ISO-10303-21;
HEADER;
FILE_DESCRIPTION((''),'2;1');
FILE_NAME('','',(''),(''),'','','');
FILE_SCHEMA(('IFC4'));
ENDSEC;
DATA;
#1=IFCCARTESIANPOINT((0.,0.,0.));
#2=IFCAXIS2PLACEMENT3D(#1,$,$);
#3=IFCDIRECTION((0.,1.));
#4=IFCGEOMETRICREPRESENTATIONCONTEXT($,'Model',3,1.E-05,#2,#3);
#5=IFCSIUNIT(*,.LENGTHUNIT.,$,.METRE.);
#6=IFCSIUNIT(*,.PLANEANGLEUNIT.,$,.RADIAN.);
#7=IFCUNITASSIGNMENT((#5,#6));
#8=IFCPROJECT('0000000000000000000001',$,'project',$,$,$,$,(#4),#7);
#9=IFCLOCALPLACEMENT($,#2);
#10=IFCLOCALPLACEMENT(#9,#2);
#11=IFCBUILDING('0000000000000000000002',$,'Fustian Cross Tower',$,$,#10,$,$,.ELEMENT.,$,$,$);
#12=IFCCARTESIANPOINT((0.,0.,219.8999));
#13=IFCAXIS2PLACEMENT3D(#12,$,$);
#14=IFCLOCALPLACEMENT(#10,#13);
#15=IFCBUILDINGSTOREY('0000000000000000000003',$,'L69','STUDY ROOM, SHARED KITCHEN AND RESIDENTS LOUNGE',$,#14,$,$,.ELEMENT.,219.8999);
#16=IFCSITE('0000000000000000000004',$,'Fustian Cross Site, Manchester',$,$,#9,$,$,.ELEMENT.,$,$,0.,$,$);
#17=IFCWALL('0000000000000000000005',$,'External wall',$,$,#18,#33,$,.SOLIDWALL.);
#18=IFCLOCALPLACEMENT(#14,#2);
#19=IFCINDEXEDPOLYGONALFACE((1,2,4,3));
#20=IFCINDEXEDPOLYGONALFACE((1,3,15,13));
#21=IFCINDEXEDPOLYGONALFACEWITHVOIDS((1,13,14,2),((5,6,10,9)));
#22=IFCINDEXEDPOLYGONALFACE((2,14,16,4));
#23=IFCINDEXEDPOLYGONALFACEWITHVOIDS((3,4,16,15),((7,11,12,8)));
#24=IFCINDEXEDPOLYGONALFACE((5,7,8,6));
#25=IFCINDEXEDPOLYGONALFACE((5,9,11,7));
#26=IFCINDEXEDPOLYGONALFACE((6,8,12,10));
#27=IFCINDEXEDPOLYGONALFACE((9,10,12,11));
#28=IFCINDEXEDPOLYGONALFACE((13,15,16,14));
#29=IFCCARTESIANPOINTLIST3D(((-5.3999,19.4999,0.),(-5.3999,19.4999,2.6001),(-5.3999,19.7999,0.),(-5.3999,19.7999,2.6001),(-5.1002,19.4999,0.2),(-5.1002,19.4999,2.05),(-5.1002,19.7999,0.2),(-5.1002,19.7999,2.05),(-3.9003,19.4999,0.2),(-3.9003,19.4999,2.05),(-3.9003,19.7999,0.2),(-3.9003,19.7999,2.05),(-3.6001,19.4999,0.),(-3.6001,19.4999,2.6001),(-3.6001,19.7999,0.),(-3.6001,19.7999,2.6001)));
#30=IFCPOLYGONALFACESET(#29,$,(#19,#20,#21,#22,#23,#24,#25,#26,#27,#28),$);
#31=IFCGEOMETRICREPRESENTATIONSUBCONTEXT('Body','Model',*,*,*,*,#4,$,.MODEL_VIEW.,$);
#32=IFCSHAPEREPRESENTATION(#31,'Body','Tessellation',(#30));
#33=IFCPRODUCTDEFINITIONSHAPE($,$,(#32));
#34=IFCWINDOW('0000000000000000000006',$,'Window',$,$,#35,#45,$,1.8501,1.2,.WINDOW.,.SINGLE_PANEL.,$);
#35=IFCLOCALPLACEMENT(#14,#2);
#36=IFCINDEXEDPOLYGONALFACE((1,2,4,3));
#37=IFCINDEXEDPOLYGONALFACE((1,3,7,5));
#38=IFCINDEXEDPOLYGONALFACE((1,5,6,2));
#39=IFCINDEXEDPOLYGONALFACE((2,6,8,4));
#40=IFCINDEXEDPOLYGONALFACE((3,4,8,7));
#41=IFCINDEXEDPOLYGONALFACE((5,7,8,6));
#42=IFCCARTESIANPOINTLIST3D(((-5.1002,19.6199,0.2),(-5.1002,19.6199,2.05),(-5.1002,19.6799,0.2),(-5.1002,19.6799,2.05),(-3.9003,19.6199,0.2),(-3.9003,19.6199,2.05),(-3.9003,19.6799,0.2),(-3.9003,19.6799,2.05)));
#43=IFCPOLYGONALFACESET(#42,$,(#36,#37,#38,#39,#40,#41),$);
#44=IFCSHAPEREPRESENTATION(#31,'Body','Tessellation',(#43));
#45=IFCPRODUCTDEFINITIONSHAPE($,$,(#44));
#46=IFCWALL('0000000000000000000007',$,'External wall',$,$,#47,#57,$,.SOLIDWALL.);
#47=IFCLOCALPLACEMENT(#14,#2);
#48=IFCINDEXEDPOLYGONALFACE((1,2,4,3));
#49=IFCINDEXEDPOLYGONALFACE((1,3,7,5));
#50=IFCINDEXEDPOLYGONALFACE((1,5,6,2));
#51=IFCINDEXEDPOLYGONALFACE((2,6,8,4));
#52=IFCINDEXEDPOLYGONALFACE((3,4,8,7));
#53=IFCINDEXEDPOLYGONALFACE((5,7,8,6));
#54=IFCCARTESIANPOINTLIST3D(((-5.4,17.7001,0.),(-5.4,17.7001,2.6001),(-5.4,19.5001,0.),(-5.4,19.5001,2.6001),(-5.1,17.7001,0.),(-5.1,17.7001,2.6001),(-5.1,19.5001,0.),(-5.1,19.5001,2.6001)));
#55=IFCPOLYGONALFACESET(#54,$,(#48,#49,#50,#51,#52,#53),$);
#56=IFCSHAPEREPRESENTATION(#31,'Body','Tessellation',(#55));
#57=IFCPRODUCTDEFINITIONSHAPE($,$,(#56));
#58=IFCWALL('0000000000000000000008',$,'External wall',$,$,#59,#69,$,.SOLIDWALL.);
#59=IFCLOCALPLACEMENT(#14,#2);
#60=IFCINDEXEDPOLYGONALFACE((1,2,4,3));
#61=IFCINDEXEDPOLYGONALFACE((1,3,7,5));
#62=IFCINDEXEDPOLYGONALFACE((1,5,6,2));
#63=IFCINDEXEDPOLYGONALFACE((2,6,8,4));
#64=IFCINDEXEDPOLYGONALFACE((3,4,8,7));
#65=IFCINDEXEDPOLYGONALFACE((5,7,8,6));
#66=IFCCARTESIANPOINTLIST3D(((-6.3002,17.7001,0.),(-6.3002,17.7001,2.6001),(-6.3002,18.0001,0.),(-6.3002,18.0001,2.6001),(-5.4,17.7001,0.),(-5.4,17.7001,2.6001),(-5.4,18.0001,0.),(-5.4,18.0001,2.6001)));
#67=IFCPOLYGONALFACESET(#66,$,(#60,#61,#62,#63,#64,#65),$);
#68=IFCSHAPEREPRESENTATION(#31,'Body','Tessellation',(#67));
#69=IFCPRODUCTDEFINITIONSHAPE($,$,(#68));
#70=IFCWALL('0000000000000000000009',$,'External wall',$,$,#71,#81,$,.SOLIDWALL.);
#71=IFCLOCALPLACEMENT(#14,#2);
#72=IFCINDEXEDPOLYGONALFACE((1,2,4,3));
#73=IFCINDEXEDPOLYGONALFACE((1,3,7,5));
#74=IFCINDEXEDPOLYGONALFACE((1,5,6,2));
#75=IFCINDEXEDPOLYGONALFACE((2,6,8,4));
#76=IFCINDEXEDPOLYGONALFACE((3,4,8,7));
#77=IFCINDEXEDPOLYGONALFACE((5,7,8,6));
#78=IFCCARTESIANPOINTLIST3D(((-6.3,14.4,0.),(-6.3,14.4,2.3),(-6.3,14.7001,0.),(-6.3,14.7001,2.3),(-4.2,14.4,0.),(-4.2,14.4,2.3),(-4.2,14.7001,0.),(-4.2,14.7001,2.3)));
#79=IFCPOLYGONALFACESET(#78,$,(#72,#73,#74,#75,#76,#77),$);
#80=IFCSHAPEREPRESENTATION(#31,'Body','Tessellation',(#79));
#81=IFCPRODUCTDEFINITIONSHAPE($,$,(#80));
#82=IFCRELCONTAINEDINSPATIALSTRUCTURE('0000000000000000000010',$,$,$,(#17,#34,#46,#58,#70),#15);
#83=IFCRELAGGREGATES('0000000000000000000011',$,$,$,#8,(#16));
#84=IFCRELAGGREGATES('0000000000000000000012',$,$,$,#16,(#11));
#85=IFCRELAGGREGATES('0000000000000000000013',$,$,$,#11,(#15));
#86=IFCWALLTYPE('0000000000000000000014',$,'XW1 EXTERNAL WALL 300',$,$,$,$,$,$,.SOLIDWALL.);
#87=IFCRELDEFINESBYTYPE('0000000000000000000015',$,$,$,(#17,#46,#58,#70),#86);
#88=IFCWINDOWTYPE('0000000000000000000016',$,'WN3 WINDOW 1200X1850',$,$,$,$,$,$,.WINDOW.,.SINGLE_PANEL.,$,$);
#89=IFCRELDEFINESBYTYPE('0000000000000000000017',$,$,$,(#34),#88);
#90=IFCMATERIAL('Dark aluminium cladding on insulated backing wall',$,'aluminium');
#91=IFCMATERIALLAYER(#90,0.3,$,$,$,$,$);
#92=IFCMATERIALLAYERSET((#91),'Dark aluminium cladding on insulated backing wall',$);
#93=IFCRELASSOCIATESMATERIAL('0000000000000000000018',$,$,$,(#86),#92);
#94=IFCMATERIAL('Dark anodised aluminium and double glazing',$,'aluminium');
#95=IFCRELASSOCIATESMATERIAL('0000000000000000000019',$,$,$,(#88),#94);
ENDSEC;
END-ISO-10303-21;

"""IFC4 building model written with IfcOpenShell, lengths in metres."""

from ifc_helpers import new_model, si_unit, direction, frame, frame_2d, origin, place, context, subcontext, project, spatial, rectangle, extrude, material, layer, layer_set, type_object, element, fill, save


model = new_model("IFC4")

# Units and contexts
model_context = context("Model", 3, precision=1e-05, world=origin(), true_north=direction((0.0, 1.0)))
body_context = subcontext(model_context, "Body", "Model", "MODEL_VIEW")
ifc_project = project(units=[si_unit("LENGTHUNIT", "METRE"), si_unit("PLANEANGLEUNIT", "RADIAN")], contexts=[model_context])

# Site, building, storey
site_placement = place(None, origin())
site = spatial("IfcSite", under=ifc_project, at=site_placement, Name="Fustian Cross Site, Manchester", CompositionType="ELEMENT", RefElevation=0.0)
building_placement = place(site_placement, origin())
building = spatial("IfcBuilding", under=site, at=building_placement, Name="Fustian Cross Tower", CompositionType="ELEMENT")
storey_placement = place(building_placement, frame((0.0, 0.0, 219.8999)))
storey = spatial("IfcBuildingStorey", under=building, at=storey_placement, Name="L69", Description="STUDY ROOM, SHARED KITCHEN AND RESIDENTS LOUNGE", CompositionType="ELEMENT", Elevation=219.8999)

# Shared definitions
ifc_material_1 = material(Name="Dark aluminium cladding on insulated backing wall", Category="aluminium")
ifc_layer_1 = layer(ifc_material_1, 0.3)
ifc_layer_set_1 = layer_set([ifc_layer_1], Name="Dark aluminium cladding on insulated backing wall")
wall_type_1 = type_object("IfcWallType", Name="XW1 EXTERNAL WALL 300", PredefinedType="SOLIDWALL", material=ifc_layer_set_1)

# Wall, opening, window
wall_1_placement = place(storey_placement, frame((-3.6001, 19.6499, 0.0), z_axis=(0.0, 0.0, 1.0), x_axis=(-1.0, 0.0, 0.0)))
wall_1 = element("IfcWall", 1, at=wall_1_placement, inside=storey, type_object=wall_type_1, Name="External wall", PredefinedType="SOLIDWALL", context=body_context, shape_type="SweptSolid", body=[
    extrude(rectangle(XDim=1.7998, YDim=0.3, at=frame_2d((0.8999, 0.0))), origin(), (0.0, 0.0, 1.0), 2.6001),
])
opening_1_placement = place(wall_1_placement, frame((0.3, 0.0, 0.2)))
opening_1 = element("IfcOpeningElement", 2, at=opening_1_placement, cuts=wall_1, PredefinedType="OPENING", context=body_context, shape_type="SweptSolid", body=[
    extrude(rectangle(XDim=1.2, YDim=1.8501, at=frame_2d((0.6001, 0.925))), frame((0.0, 0.1599, 0.0), z_axis=(0.0, -1.0, 0.0), x_axis=(1.0, 0.0, 0.0)), (0.0, 0.0, 1.0), 0.3201),
])
ifc_material_2 = material(Name="Dark anodised aluminium and double glazing", Category="aluminium")
window_type = type_object("IfcWindowType", Name="WN3 WINDOW 1200X1850", PartitioningType="SINGLE_PANEL", PredefinedType="WINDOW", material=ifc_material_2)
window_placement = place(opening_1_placement, origin())
window = element("IfcWindow", 3, at=window_placement, inside=storey, type_object=window_type, Name="Window", OverallHeight=1.8501, OverallWidth=1.2, PartitioningType="SINGLE_PANEL", PredefinedType="WINDOW", context=body_context, shape_type="SweptSolid", body=[
    extrude(rectangle(XDim=1.2, YDim=1.8501, at=frame_2d((0.6001, 0.925))), frame((0.0, 0.03, 0.0), z_axis=(0.0, -1.0, 0.0), x_axis=(1.0, 0.0, 0.0)), (0.0, 0.0, 1.0), 0.0601),
])
fill(opening_1, window)

# Walls
wall_2_placement = place(storey_placement, frame((-5.25, 19.5, 0.0), z_axis=(0.0, 0.0, 1.0), x_axis=(0.0, -1.0, 0.0)))
element("IfcWall", 4, at=wall_2_placement, inside=storey, type_object=wall_type_1, Name="External wall", PredefinedType="SOLIDWALL", context=body_context, shape_type="SweptSolid", body=[
    extrude(rectangle(XDim=1.8, YDim=0.3, at=frame_2d((0.8999, 0.0))), origin(), (0.0, 0.0, 1.0), 2.6001),
])
wall_3_placement = place(storey_placement, frame((-5.3999, 17.8501, 0.0), z_axis=(0.0, 0.0, 1.0), x_axis=(-1.0, 0.0, 0.0)))
element("IfcWall", 5, at=wall_3_placement, inside=storey, type_object=wall_type_1, Name="External wall", PredefinedType="SOLIDWALL", context=body_context, shape_type="SweptSolid", body=[
    extrude(rectangle(XDim=0.9001, YDim=0.3, at=frame_2d((0.4502, 0.0))), origin(), (0.0, 0.0, 1.0), 2.6001),
])
wall_4_placement = place(storey_placement, frame((-6.3, 14.55, 0.0), z_axis=(0.0, 0.0, 1.0), x_axis=(1.0, 0.0, 0.0)))
element("IfcWall", 6, at=wall_4_placement, inside=storey, type_object=wall_type_1, Name="External wall", PredefinedType="SOLIDWALL", context=body_context, shape_type="SweptSolid", body=[
    extrude(rectangle(XDim=2.1001, YDim=0.3, at=frame_2d((1.05, 0.0))), origin(), (0.0, 0.0, 1.0), 2.3),
])

save(model, "model.ifc")
